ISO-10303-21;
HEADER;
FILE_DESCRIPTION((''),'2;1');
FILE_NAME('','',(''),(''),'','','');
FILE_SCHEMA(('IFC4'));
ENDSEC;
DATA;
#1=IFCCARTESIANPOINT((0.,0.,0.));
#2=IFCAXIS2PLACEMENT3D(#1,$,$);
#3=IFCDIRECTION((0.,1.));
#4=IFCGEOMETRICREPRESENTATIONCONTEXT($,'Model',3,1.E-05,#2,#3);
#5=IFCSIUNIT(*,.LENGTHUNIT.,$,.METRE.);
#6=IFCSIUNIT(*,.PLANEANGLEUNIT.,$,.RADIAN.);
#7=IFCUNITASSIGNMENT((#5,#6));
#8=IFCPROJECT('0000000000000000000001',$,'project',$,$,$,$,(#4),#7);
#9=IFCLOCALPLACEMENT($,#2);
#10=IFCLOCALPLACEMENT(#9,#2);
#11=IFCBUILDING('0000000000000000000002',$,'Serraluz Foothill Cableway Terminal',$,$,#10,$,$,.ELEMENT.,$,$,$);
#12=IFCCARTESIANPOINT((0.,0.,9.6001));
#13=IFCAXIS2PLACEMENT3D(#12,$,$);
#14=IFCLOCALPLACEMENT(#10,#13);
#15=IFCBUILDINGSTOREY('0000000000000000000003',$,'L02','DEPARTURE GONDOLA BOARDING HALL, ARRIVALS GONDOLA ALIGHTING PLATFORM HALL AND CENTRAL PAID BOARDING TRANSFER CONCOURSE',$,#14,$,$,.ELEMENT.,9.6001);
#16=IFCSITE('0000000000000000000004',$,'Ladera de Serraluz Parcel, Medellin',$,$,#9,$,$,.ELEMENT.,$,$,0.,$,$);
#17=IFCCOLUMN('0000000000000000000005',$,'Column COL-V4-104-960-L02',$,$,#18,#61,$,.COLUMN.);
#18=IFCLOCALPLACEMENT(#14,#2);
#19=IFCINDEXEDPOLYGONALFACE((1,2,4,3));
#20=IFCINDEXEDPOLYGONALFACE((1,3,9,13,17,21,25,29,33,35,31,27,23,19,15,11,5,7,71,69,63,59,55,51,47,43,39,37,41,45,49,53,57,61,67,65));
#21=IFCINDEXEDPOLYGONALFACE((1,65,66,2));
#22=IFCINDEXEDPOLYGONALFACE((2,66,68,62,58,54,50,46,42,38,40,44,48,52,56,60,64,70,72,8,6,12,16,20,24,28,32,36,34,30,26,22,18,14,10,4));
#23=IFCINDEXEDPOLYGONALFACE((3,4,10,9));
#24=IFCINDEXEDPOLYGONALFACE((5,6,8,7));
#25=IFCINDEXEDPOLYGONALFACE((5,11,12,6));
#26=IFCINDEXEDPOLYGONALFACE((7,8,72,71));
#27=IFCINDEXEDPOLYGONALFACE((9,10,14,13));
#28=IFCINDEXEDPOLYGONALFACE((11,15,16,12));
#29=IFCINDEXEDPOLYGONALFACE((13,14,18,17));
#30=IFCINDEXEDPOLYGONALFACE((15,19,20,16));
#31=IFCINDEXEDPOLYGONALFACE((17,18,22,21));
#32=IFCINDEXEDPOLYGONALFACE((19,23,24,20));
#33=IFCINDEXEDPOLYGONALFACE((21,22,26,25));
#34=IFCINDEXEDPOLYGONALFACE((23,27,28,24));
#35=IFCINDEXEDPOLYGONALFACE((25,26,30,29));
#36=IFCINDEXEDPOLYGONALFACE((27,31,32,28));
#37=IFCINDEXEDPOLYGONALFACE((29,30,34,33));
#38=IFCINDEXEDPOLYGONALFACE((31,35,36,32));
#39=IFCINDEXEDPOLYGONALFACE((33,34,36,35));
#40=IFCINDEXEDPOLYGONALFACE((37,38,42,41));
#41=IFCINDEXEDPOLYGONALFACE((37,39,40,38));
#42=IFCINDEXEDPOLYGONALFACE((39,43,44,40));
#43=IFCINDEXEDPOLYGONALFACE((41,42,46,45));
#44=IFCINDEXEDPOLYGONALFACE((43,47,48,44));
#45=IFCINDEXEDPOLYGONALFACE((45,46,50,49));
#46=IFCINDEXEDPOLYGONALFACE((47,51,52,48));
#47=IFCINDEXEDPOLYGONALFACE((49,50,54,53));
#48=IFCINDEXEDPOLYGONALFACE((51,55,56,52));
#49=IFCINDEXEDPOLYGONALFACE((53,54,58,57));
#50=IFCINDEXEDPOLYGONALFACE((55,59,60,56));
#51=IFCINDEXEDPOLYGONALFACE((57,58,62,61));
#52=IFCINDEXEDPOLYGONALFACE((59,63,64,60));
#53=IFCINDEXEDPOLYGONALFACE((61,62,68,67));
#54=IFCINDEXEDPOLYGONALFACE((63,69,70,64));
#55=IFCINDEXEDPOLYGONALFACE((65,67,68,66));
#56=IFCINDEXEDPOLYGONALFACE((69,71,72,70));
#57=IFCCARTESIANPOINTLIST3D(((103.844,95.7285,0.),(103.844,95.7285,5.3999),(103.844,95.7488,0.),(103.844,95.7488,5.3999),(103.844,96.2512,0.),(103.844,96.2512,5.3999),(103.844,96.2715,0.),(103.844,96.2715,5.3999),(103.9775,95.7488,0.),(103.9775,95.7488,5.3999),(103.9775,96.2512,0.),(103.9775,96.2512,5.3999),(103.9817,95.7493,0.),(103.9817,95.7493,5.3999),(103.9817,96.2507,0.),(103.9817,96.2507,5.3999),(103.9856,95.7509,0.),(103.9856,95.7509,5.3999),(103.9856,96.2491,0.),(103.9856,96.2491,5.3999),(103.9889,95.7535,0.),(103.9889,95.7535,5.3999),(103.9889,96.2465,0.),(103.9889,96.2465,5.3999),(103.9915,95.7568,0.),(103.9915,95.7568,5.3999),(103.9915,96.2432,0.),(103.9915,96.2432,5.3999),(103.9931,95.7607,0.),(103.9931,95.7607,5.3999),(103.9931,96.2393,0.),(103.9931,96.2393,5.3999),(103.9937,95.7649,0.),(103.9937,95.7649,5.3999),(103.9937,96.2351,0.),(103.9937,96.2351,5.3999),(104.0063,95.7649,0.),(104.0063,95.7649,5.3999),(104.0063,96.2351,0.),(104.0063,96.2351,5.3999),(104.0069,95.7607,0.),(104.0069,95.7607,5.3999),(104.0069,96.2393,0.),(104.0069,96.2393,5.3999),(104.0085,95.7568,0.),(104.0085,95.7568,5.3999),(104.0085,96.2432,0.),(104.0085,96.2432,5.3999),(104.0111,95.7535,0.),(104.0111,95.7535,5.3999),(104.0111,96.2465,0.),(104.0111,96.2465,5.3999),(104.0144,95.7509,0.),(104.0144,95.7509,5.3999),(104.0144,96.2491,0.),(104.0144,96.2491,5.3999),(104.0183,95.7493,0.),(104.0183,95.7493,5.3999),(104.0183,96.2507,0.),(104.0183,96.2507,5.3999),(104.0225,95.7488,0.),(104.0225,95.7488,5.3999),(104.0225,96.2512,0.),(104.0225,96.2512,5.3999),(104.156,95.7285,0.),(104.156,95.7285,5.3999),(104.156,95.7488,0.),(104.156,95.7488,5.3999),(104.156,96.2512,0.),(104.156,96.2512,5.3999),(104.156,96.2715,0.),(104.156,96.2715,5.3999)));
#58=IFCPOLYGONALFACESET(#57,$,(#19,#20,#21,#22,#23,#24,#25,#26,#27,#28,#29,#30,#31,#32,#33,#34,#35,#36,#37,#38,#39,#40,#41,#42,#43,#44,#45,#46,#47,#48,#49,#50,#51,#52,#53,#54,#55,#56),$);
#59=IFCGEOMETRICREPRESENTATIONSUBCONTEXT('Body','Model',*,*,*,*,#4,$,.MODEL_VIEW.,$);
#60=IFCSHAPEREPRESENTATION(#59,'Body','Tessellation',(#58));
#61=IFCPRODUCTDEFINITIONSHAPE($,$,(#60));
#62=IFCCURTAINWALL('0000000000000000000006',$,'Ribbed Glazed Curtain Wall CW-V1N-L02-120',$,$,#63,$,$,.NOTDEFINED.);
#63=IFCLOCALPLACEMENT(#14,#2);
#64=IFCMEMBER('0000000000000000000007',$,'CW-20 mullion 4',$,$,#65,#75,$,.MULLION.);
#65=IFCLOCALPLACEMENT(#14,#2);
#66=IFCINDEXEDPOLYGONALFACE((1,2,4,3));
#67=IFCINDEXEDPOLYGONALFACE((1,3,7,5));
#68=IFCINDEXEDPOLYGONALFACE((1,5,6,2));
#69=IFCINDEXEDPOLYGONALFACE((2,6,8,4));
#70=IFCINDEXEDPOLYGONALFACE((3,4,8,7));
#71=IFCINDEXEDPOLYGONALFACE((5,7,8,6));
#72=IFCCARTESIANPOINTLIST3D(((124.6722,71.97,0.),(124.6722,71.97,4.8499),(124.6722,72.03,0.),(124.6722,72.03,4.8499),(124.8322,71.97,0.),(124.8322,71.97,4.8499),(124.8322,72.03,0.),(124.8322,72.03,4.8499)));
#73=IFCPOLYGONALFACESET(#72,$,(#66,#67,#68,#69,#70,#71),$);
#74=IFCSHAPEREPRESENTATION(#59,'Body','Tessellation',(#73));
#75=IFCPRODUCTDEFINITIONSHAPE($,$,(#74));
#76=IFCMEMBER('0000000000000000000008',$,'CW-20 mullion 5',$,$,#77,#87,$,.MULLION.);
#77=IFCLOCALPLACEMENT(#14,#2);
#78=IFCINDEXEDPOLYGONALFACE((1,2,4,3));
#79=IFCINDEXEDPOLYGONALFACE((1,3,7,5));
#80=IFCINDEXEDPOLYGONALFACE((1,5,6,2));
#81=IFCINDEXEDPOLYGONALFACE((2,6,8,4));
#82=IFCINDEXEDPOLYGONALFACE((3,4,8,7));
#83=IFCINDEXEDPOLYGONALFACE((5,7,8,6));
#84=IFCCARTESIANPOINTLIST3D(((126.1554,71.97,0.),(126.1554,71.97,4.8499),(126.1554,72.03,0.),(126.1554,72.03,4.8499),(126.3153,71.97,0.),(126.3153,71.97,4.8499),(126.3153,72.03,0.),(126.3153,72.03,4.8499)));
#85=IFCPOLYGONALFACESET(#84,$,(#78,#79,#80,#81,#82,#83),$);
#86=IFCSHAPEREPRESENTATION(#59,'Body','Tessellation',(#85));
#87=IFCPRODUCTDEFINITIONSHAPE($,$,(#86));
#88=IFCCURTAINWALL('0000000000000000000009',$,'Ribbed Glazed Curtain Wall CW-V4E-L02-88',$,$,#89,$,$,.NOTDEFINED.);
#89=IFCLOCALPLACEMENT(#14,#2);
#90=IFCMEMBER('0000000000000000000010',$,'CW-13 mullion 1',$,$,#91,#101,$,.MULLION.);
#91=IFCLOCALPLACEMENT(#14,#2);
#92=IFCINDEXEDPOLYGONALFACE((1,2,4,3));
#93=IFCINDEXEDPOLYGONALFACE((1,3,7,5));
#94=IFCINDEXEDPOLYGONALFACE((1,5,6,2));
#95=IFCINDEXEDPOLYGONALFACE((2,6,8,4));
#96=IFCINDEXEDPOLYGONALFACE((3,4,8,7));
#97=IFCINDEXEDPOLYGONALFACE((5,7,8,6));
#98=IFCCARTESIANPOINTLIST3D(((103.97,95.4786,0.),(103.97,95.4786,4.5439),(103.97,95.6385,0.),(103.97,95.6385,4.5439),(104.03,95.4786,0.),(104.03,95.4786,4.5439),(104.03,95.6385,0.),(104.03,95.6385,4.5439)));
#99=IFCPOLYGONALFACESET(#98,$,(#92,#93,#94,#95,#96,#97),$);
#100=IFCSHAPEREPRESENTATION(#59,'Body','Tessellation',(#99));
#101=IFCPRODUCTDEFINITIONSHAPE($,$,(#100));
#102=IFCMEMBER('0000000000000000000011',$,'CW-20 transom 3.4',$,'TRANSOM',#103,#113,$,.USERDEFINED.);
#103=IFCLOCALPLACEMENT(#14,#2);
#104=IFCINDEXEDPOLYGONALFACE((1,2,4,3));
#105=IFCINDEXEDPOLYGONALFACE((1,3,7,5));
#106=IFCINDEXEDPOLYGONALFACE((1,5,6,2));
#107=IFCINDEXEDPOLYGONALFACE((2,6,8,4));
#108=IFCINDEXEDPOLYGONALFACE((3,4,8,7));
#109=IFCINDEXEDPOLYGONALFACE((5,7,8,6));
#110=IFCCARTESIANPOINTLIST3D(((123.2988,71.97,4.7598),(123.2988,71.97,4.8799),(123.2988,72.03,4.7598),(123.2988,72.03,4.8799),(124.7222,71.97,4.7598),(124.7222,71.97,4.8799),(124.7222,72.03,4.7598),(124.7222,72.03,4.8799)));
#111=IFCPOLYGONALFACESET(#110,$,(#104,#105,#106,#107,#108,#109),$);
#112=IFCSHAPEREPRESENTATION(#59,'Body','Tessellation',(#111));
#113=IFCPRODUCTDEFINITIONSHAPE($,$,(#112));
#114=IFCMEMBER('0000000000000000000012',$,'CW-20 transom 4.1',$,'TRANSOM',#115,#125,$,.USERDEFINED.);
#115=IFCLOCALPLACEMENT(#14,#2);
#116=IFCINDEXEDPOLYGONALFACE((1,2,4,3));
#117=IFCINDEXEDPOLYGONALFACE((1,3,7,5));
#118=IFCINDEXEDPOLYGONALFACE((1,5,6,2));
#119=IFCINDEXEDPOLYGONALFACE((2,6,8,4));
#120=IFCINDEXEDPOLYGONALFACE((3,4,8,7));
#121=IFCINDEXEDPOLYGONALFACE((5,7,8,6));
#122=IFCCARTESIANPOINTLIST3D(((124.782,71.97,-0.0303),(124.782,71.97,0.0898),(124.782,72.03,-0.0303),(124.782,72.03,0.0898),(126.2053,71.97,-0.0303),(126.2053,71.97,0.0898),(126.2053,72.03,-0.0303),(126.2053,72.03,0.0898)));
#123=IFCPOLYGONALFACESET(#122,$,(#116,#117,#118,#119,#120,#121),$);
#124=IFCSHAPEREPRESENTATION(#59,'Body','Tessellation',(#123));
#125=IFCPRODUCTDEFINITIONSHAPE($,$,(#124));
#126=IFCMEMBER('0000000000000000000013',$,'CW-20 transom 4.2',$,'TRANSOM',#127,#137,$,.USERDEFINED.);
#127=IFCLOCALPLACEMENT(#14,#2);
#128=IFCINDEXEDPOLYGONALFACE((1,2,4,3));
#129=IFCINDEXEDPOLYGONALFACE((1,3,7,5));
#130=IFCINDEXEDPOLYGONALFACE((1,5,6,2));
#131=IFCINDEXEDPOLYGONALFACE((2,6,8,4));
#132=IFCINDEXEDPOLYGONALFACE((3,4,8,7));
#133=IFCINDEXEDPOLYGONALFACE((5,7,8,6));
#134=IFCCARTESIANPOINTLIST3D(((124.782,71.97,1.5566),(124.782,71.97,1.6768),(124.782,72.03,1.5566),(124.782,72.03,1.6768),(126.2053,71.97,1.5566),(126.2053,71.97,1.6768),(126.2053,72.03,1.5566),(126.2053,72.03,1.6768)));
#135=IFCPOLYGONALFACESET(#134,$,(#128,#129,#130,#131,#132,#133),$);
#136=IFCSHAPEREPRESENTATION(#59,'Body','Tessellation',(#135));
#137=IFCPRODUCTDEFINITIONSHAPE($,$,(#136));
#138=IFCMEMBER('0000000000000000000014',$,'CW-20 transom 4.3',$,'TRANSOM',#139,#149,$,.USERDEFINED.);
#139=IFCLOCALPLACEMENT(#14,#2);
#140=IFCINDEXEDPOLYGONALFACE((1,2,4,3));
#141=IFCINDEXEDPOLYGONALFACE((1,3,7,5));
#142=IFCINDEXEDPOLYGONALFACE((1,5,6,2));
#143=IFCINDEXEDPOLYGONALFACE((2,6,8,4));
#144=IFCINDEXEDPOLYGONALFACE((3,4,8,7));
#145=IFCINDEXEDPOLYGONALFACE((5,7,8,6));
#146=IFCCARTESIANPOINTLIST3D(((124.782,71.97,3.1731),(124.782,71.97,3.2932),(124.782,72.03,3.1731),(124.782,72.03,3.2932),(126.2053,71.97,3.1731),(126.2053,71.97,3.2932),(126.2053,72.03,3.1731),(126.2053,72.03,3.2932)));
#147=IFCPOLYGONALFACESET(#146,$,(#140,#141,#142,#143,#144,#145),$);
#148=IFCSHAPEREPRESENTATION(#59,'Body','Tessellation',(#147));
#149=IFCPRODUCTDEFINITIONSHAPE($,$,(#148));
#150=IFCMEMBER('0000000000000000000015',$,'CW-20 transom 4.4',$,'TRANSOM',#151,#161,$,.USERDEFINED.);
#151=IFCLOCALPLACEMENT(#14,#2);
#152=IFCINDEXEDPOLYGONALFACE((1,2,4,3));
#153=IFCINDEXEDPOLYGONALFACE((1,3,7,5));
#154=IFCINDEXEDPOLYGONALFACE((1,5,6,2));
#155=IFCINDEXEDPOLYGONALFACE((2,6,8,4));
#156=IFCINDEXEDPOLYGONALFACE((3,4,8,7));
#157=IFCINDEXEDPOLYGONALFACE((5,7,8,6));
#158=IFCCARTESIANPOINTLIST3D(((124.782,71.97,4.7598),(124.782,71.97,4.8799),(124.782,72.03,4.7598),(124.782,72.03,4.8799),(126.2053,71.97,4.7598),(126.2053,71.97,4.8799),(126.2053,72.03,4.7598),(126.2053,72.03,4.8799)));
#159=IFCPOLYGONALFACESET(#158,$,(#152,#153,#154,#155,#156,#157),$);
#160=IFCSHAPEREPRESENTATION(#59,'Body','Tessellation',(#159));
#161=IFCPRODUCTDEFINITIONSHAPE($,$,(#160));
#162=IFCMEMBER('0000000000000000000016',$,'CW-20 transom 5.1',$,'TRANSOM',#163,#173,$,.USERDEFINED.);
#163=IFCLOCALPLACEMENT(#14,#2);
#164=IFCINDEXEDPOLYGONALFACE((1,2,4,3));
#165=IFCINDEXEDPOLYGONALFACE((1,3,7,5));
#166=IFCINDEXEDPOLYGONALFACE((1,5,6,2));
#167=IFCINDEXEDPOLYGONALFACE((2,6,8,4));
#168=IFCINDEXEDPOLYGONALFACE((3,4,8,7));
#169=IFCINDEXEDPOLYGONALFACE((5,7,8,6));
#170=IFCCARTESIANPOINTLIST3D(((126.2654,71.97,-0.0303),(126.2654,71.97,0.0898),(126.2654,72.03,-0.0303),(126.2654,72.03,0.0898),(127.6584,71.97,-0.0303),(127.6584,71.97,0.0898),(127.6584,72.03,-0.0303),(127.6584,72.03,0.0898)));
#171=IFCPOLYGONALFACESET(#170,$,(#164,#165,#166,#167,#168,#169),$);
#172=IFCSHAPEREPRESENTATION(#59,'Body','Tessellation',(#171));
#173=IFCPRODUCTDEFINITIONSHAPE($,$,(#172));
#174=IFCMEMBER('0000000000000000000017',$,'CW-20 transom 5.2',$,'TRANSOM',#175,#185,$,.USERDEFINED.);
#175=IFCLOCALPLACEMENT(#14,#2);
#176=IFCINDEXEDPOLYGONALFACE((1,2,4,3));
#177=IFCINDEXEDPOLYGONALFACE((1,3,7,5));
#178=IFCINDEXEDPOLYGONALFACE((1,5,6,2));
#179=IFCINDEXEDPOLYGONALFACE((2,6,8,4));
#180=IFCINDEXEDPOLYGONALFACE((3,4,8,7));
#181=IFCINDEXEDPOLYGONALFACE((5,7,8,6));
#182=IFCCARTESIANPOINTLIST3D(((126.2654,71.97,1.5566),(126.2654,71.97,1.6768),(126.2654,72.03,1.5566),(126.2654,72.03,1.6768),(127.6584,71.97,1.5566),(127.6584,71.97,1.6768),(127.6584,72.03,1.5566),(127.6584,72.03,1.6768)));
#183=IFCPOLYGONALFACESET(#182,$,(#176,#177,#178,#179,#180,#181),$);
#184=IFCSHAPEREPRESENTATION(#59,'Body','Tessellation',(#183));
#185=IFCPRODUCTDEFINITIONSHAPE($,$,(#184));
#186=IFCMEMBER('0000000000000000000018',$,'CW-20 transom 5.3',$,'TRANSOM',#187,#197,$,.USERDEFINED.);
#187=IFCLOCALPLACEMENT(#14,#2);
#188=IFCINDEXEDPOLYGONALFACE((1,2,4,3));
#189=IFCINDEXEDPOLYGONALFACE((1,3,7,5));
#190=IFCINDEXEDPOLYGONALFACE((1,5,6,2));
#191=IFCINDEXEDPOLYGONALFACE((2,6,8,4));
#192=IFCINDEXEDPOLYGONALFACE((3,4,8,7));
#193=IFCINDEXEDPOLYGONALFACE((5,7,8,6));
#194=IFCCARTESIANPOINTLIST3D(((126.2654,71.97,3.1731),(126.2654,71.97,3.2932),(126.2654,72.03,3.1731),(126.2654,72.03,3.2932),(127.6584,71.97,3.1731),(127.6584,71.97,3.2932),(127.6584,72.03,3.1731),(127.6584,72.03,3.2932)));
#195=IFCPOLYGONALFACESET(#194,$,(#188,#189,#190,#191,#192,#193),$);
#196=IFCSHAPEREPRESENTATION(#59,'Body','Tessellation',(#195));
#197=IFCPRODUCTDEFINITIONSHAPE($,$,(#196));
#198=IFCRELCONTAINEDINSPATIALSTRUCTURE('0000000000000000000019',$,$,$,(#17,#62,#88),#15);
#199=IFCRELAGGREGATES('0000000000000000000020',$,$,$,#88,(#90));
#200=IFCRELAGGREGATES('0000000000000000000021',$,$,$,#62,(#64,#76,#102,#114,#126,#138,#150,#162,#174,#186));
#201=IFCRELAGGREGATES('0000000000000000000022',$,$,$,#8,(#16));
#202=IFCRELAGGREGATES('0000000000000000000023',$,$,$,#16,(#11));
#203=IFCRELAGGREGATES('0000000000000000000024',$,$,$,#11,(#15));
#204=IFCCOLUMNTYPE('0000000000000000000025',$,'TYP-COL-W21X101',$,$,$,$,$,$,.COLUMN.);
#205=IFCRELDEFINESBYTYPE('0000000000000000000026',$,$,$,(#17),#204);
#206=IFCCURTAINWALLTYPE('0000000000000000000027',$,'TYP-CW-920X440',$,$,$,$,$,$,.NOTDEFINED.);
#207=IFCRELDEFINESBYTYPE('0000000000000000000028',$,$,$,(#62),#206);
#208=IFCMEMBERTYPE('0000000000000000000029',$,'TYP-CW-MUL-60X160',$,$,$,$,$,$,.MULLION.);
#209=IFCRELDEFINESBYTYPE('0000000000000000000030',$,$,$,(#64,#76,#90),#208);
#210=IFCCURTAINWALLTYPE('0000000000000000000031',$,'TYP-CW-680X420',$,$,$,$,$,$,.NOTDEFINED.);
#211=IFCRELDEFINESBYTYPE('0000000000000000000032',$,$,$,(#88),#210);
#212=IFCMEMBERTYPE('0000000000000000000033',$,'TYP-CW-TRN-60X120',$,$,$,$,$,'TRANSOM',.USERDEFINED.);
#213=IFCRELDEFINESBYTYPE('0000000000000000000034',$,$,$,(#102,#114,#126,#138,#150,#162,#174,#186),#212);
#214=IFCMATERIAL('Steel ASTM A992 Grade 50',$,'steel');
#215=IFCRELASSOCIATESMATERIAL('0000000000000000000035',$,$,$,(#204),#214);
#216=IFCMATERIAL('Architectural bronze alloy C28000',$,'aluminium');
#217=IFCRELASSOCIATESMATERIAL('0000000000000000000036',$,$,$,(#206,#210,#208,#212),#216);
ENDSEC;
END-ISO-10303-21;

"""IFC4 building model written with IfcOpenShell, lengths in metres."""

from ifc_helpers import new_model, si_unit, direction, frame, origin, origin_2d, place, context, subcontext, project, spatial, rectangle, i_section, extrude, material, material_profile, profile_set, type_object, element, aggregate, save


model = new_model("IFC4")

# Units and contexts
model_context = context("Model", 3, precision=1e-05, world=origin(), true_north=direction((0.0, 1.0)))
body_context = subcontext(model_context, "Body", "Model", "MODEL_VIEW")
ifc_project = project(units=[si_unit("LENGTHUNIT", "METRE"), si_unit("PLANEANGLEUNIT", "RADIAN")], contexts=[model_context])

# Site, building, storey
site_placement = place(None, origin())
site = spatial("IfcSite", under=ifc_project, at=site_placement, Name="Ladera de Serraluz Parcel, Medellin", CompositionType="ELEMENT", RefElevation=0.0)
building_placement = place(site_placement, origin())
building = spatial("IfcBuilding", under=site, at=building_placement, Name="Serraluz Foothill Cableway Terminal", CompositionType="ELEMENT")
storey_placement = place(building_placement, frame((0.0, 0.0, 9.6001)))
storey = spatial("IfcBuildingStorey", under=building, at=storey_placement, Name="L02", Description="DEPARTURE GONDOLA BOARDING HALL, ARRIVALS GONDOLA ALIGHTING PLATFORM HALL AND CENTRAL PAID BOARDING TRANSFER CONCOURSE", CompositionType="ELEMENT", Elevation=9.6001)

# Column
ifc_material_1 = material(Name="Steel ASTM A992 Grade 50", Category="steel")
ifc_material_profile_1 = material_profile(ifc_material_1, i_section(OverallWidth=0.312, OverallDepth=0.543, WebThickness=0.0127, FlangeThickness=0.0203, FilletRadius=0.0161, at=origin_2d()), Name="W21X101")
ifc_profile_set_1 = profile_set([ifc_material_profile_1], Name="Steel ASTM A992 Grade 50")
column_type = type_object("IfcColumnType", Name="TYP-COL-W21X101", PredefinedType="COLUMN", material=ifc_profile_set_1)
column_placement = place(storey_placement, frame((104.0, 96.0, 0.0), z_axis=(0.0, 0.0, 1.0), x_axis=(1.0, 0.0, 0.0)))
element("IfcColumn", 1, at=column_placement, inside=storey, type_object=column_type, Name="Column COL-V4-104-960-L02", PredefinedType="COLUMN", context=body_context, shape_type="SweptSolid", body=[
    extrude(i_section(OverallWidth=0.312, OverallDepth=0.543, WebThickness=0.0127, FlangeThickness=0.0203, FilletRadius=0.0161, at=origin_2d()), origin(), (0.0, 0.0, 1.0), 5.3999),
])

# Curtain wall, members
ifc_material_2 = material(Name="Architectural bronze alloy C28000", Category="aluminium")
curtain_wall_type_1 = type_object("IfcCurtainWallType", Name="TYP-CW-920X440", PredefinedType="NOTDEFINED", material=ifc_material_2)
curtain_wall_1_placement = place(storey_placement, origin())
curtain_wall_1 = element("IfcCurtainWall", 2, at=curtain_wall_1_placement, inside=storey, type_object=curtain_wall_type_1, Name="Ribbed Glazed Curtain Wall CW-V1N-L02-120", PredefinedType="NOTDEFINED")
ifc_material_profile_2 = material_profile(ifc_material_2, rectangle(XDim=0.0601, YDim=0.1599, at=origin_2d()), Name="ALU MULLION 60x160")
ifc_profile_set_2 = profile_set([ifc_material_profile_2], Name="Architectural bronze alloy C28000")
member_type_1 = type_object("IfcMemberType", Name="TYP-CW-MUL-60X160", PredefinedType="MULLION", material=ifc_profile_set_2)
member_1_placement = place(storey_placement, frame((124.7522, 72.0, 0.0), z_axis=(0.0, 0.0, 1.0), x_axis=(0.0, 1.0, 0.0)))
member_1 = element("IfcMember", 3, at=member_1_placement, type_object=member_type_1, Name="CW-20 mullion 4", PredefinedType="MULLION", context=body_context, shape_type="SweptSolid", body=[
    extrude(rectangle(XDim=0.0601, YDim=0.1599, at=origin_2d()), origin(), (0.0, 0.0, 1.0), 4.8499),
])
member_2_placement = place(storey_placement, frame((126.2354, 72.0, 0.0), z_axis=(0.0, 0.0, 1.0), x_axis=(0.0, 1.0, 0.0)))
member_2 = element("IfcMember", 4, at=member_2_placement, type_object=member_type_1, Name="CW-20 mullion 5", PredefinedType="MULLION", context=body_context, shape_type="SweptSolid", body=[
    extrude(rectangle(XDim=0.0601, YDim=0.1599, at=origin_2d()), origin(), (0.0, 0.0, 1.0), 4.8499),
])

# Curtain wall, member
curtain_wall_type_2 = type_object("IfcCurtainWallType", Name="TYP-CW-680X420", PredefinedType="NOTDEFINED", material=ifc_material_2)
curtain_wall_2_placement = place(storey_placement, origin())
curtain_wall_2 = element("IfcCurtainWall", 5, at=curtain_wall_2_placement, inside=storey, type_object=curtain_wall_type_2, Name="Ribbed Glazed Curtain Wall CW-V4E-L02-88", PredefinedType="NOTDEFINED")
member_3_placement = place(storey_placement, frame((104.0, 95.5586, 0.0), z_axis=(0.0, 0.0, 1.0), x_axis=(1.0, 0.0, 0.0)))
member_3 = element("IfcMember", 6, at=member_3_placement, type_object=member_type_1, Name="CW-13 mullion 1", PredefinedType="MULLION", context=body_context, shape_type="SweptSolid", body=[
    extrude(rectangle(XDim=0.0601, YDim=0.1599, at=origin_2d()), origin(), (0.0, 0.0, 1.0), 4.5439),
])

# Members
ifc_material_profile_3 = material_profile(ifc_material_2, rectangle(XDim=0.0601, YDim=0.1201, at=origin_2d()), Name="ALU TRANSOM 60x120")
ifc_profile_set_3 = profile_set([ifc_material_profile_3], Name="Architectural bronze alloy C28000")
member_type_2 = type_object("IfcMemberType", Name="TYP-CW-TRN-60X120", ElementType="TRANSOM", PredefinedType="USERDEFINED", material=ifc_profile_set_3)
member_4_placement = place(storey_placement, frame((123.2988, 72.0, 4.8198), z_axis=(1.0, 0.0, 0.0), x_axis=(0.0, 1.0, 0.0)))
member_4 = element("IfcMember", 7, at=member_4_placement, type_object=member_type_2, Name="CW-20 transom 3.4", ObjectType="TRANSOM", PredefinedType="USERDEFINED", context=body_context, shape_type="SweptSolid", body=[
    extrude(rectangle(XDim=0.0601, YDim=0.1201, at=origin_2d()), origin(), (0.0, 0.0, 1.0), 1.4233),
])
member_5_placement = place(storey_placement, frame((124.782, 72.0, 0.0298), z_axis=(1.0, 0.0, 0.0), x_axis=(0.0, 1.0, 0.0)))
member_5 = element("IfcMember", 8, at=member_5_placement, type_object=member_type_2, Name="CW-20 transom 4.1", ObjectType="TRANSOM", PredefinedType="USERDEFINED", context=body_context, shape_type="SweptSolid", body=[
    extrude(rectangle(XDim=0.0601, YDim=0.1201, at=origin_2d()), origin(), (0.0, 0.0, 1.0), 1.4233),
])
member_6_placement = place(storey_placement, frame((124.782, 72.0, 1.6167), z_axis=(1.0, 0.0, 0.0), x_axis=(0.0, 1.0, 0.0)))
member_6 = element("IfcMember", 9, at=member_6_placement, type_object=member_type_2, Name="CW-20 transom 4.2", ObjectType="TRANSOM", PredefinedType="USERDEFINED", context=body_context, shape_type="SweptSolid", body=[
    extrude(rectangle(XDim=0.0601, YDim=0.1201, at=origin_2d()), origin(), (0.0, 0.0, 1.0), 1.4233),
])
member_7_placement = place(storey_placement, frame((124.782, 72.0, 3.2332), z_axis=(1.0, 0.0, 0.0), x_axis=(0.0, 1.0, 0.0)))
member_7 = element("IfcMember", 10, at=member_7_placement, type_object=member_type_2, Name="CW-20 transom 4.3", ObjectType="TRANSOM", PredefinedType="USERDEFINED", context=body_context, shape_type="SweptSolid", body=[
    extrude(rectangle(XDim=0.0601, YDim=0.1201, at=origin_2d()), origin(), (0.0, 0.0, 1.0), 1.4233),
])
member_8_placement = place(storey_placement, frame((124.782, 72.0, 4.8198), z_axis=(1.0, 0.0, 0.0), x_axis=(0.0, 1.0, 0.0)))
member_8 = element("IfcMember", 11, at=member_8_placement, type_object=member_type_2, Name="CW-20 transom 4.4", ObjectType="TRANSOM", PredefinedType="USERDEFINED", context=body_context, shape_type="SweptSolid", body=[
    extrude(rectangle(XDim=0.0601, YDim=0.1201, at=origin_2d()), origin(), (0.0, 0.0, 1.0), 1.4233),
])
member_9_placement = place(storey_placement, frame((126.2654, 72.0, 0.0298), z_axis=(1.0, 0.0, 0.0), x_axis=(0.0, 1.0, 0.0)))
member_9 = element("IfcMember", 12, at=member_9_placement, type_object=member_type_2, Name="CW-20 transom 5.1", ObjectType="TRANSOM", PredefinedType="USERDEFINED", context=body_context, shape_type="SweptSolid", body=[
    extrude(rectangle(XDim=0.0601, YDim=0.1201, at=origin_2d()), origin(), (0.0, 0.0, 1.0), 1.3931),
])
member_10_placement = place(storey_placement, frame((126.2654, 72.0, 1.6167), z_axis=(1.0, 0.0, 0.0), x_axis=(0.0, 1.0, 0.0)))
member_10 = element("IfcMember", 13, at=member_10_placement, type_object=member_type_2, Name="CW-20 transom 5.2", ObjectType="TRANSOM", PredefinedType="USERDEFINED", context=body_context, shape_type="SweptSolid", body=[
    extrude(rectangle(XDim=0.0601, YDim=0.1201, at=origin_2d()), origin(), (0.0, 0.0, 1.0), 1.3931),
])
member_11_placement = place(storey_placement, frame((126.2654, 72.0, 3.2332), z_axis=(1.0, 0.0, 0.0), x_axis=(0.0, 1.0, 0.0)))
member_11 = element("IfcMember", 14, at=member_11_placement, type_object=member_type_2, Name="CW-20 transom 5.3", ObjectType="TRANSOM", PredefinedType="USERDEFINED", context=body_context, shape_type="SweptSolid", body=[
    extrude(rectangle(XDim=0.0601, YDim=0.1201, at=origin_2d()), origin(), (0.0, 0.0, 1.0), 1.3931),
])
aggregate(curtain_wall_2, [member_3])

aggregate(curtain_wall_1, [member_1, member_2, member_4, member_5, member_6, member_7, member_8, member_9, member_10, member_11])

save(model, "model.ifc")
